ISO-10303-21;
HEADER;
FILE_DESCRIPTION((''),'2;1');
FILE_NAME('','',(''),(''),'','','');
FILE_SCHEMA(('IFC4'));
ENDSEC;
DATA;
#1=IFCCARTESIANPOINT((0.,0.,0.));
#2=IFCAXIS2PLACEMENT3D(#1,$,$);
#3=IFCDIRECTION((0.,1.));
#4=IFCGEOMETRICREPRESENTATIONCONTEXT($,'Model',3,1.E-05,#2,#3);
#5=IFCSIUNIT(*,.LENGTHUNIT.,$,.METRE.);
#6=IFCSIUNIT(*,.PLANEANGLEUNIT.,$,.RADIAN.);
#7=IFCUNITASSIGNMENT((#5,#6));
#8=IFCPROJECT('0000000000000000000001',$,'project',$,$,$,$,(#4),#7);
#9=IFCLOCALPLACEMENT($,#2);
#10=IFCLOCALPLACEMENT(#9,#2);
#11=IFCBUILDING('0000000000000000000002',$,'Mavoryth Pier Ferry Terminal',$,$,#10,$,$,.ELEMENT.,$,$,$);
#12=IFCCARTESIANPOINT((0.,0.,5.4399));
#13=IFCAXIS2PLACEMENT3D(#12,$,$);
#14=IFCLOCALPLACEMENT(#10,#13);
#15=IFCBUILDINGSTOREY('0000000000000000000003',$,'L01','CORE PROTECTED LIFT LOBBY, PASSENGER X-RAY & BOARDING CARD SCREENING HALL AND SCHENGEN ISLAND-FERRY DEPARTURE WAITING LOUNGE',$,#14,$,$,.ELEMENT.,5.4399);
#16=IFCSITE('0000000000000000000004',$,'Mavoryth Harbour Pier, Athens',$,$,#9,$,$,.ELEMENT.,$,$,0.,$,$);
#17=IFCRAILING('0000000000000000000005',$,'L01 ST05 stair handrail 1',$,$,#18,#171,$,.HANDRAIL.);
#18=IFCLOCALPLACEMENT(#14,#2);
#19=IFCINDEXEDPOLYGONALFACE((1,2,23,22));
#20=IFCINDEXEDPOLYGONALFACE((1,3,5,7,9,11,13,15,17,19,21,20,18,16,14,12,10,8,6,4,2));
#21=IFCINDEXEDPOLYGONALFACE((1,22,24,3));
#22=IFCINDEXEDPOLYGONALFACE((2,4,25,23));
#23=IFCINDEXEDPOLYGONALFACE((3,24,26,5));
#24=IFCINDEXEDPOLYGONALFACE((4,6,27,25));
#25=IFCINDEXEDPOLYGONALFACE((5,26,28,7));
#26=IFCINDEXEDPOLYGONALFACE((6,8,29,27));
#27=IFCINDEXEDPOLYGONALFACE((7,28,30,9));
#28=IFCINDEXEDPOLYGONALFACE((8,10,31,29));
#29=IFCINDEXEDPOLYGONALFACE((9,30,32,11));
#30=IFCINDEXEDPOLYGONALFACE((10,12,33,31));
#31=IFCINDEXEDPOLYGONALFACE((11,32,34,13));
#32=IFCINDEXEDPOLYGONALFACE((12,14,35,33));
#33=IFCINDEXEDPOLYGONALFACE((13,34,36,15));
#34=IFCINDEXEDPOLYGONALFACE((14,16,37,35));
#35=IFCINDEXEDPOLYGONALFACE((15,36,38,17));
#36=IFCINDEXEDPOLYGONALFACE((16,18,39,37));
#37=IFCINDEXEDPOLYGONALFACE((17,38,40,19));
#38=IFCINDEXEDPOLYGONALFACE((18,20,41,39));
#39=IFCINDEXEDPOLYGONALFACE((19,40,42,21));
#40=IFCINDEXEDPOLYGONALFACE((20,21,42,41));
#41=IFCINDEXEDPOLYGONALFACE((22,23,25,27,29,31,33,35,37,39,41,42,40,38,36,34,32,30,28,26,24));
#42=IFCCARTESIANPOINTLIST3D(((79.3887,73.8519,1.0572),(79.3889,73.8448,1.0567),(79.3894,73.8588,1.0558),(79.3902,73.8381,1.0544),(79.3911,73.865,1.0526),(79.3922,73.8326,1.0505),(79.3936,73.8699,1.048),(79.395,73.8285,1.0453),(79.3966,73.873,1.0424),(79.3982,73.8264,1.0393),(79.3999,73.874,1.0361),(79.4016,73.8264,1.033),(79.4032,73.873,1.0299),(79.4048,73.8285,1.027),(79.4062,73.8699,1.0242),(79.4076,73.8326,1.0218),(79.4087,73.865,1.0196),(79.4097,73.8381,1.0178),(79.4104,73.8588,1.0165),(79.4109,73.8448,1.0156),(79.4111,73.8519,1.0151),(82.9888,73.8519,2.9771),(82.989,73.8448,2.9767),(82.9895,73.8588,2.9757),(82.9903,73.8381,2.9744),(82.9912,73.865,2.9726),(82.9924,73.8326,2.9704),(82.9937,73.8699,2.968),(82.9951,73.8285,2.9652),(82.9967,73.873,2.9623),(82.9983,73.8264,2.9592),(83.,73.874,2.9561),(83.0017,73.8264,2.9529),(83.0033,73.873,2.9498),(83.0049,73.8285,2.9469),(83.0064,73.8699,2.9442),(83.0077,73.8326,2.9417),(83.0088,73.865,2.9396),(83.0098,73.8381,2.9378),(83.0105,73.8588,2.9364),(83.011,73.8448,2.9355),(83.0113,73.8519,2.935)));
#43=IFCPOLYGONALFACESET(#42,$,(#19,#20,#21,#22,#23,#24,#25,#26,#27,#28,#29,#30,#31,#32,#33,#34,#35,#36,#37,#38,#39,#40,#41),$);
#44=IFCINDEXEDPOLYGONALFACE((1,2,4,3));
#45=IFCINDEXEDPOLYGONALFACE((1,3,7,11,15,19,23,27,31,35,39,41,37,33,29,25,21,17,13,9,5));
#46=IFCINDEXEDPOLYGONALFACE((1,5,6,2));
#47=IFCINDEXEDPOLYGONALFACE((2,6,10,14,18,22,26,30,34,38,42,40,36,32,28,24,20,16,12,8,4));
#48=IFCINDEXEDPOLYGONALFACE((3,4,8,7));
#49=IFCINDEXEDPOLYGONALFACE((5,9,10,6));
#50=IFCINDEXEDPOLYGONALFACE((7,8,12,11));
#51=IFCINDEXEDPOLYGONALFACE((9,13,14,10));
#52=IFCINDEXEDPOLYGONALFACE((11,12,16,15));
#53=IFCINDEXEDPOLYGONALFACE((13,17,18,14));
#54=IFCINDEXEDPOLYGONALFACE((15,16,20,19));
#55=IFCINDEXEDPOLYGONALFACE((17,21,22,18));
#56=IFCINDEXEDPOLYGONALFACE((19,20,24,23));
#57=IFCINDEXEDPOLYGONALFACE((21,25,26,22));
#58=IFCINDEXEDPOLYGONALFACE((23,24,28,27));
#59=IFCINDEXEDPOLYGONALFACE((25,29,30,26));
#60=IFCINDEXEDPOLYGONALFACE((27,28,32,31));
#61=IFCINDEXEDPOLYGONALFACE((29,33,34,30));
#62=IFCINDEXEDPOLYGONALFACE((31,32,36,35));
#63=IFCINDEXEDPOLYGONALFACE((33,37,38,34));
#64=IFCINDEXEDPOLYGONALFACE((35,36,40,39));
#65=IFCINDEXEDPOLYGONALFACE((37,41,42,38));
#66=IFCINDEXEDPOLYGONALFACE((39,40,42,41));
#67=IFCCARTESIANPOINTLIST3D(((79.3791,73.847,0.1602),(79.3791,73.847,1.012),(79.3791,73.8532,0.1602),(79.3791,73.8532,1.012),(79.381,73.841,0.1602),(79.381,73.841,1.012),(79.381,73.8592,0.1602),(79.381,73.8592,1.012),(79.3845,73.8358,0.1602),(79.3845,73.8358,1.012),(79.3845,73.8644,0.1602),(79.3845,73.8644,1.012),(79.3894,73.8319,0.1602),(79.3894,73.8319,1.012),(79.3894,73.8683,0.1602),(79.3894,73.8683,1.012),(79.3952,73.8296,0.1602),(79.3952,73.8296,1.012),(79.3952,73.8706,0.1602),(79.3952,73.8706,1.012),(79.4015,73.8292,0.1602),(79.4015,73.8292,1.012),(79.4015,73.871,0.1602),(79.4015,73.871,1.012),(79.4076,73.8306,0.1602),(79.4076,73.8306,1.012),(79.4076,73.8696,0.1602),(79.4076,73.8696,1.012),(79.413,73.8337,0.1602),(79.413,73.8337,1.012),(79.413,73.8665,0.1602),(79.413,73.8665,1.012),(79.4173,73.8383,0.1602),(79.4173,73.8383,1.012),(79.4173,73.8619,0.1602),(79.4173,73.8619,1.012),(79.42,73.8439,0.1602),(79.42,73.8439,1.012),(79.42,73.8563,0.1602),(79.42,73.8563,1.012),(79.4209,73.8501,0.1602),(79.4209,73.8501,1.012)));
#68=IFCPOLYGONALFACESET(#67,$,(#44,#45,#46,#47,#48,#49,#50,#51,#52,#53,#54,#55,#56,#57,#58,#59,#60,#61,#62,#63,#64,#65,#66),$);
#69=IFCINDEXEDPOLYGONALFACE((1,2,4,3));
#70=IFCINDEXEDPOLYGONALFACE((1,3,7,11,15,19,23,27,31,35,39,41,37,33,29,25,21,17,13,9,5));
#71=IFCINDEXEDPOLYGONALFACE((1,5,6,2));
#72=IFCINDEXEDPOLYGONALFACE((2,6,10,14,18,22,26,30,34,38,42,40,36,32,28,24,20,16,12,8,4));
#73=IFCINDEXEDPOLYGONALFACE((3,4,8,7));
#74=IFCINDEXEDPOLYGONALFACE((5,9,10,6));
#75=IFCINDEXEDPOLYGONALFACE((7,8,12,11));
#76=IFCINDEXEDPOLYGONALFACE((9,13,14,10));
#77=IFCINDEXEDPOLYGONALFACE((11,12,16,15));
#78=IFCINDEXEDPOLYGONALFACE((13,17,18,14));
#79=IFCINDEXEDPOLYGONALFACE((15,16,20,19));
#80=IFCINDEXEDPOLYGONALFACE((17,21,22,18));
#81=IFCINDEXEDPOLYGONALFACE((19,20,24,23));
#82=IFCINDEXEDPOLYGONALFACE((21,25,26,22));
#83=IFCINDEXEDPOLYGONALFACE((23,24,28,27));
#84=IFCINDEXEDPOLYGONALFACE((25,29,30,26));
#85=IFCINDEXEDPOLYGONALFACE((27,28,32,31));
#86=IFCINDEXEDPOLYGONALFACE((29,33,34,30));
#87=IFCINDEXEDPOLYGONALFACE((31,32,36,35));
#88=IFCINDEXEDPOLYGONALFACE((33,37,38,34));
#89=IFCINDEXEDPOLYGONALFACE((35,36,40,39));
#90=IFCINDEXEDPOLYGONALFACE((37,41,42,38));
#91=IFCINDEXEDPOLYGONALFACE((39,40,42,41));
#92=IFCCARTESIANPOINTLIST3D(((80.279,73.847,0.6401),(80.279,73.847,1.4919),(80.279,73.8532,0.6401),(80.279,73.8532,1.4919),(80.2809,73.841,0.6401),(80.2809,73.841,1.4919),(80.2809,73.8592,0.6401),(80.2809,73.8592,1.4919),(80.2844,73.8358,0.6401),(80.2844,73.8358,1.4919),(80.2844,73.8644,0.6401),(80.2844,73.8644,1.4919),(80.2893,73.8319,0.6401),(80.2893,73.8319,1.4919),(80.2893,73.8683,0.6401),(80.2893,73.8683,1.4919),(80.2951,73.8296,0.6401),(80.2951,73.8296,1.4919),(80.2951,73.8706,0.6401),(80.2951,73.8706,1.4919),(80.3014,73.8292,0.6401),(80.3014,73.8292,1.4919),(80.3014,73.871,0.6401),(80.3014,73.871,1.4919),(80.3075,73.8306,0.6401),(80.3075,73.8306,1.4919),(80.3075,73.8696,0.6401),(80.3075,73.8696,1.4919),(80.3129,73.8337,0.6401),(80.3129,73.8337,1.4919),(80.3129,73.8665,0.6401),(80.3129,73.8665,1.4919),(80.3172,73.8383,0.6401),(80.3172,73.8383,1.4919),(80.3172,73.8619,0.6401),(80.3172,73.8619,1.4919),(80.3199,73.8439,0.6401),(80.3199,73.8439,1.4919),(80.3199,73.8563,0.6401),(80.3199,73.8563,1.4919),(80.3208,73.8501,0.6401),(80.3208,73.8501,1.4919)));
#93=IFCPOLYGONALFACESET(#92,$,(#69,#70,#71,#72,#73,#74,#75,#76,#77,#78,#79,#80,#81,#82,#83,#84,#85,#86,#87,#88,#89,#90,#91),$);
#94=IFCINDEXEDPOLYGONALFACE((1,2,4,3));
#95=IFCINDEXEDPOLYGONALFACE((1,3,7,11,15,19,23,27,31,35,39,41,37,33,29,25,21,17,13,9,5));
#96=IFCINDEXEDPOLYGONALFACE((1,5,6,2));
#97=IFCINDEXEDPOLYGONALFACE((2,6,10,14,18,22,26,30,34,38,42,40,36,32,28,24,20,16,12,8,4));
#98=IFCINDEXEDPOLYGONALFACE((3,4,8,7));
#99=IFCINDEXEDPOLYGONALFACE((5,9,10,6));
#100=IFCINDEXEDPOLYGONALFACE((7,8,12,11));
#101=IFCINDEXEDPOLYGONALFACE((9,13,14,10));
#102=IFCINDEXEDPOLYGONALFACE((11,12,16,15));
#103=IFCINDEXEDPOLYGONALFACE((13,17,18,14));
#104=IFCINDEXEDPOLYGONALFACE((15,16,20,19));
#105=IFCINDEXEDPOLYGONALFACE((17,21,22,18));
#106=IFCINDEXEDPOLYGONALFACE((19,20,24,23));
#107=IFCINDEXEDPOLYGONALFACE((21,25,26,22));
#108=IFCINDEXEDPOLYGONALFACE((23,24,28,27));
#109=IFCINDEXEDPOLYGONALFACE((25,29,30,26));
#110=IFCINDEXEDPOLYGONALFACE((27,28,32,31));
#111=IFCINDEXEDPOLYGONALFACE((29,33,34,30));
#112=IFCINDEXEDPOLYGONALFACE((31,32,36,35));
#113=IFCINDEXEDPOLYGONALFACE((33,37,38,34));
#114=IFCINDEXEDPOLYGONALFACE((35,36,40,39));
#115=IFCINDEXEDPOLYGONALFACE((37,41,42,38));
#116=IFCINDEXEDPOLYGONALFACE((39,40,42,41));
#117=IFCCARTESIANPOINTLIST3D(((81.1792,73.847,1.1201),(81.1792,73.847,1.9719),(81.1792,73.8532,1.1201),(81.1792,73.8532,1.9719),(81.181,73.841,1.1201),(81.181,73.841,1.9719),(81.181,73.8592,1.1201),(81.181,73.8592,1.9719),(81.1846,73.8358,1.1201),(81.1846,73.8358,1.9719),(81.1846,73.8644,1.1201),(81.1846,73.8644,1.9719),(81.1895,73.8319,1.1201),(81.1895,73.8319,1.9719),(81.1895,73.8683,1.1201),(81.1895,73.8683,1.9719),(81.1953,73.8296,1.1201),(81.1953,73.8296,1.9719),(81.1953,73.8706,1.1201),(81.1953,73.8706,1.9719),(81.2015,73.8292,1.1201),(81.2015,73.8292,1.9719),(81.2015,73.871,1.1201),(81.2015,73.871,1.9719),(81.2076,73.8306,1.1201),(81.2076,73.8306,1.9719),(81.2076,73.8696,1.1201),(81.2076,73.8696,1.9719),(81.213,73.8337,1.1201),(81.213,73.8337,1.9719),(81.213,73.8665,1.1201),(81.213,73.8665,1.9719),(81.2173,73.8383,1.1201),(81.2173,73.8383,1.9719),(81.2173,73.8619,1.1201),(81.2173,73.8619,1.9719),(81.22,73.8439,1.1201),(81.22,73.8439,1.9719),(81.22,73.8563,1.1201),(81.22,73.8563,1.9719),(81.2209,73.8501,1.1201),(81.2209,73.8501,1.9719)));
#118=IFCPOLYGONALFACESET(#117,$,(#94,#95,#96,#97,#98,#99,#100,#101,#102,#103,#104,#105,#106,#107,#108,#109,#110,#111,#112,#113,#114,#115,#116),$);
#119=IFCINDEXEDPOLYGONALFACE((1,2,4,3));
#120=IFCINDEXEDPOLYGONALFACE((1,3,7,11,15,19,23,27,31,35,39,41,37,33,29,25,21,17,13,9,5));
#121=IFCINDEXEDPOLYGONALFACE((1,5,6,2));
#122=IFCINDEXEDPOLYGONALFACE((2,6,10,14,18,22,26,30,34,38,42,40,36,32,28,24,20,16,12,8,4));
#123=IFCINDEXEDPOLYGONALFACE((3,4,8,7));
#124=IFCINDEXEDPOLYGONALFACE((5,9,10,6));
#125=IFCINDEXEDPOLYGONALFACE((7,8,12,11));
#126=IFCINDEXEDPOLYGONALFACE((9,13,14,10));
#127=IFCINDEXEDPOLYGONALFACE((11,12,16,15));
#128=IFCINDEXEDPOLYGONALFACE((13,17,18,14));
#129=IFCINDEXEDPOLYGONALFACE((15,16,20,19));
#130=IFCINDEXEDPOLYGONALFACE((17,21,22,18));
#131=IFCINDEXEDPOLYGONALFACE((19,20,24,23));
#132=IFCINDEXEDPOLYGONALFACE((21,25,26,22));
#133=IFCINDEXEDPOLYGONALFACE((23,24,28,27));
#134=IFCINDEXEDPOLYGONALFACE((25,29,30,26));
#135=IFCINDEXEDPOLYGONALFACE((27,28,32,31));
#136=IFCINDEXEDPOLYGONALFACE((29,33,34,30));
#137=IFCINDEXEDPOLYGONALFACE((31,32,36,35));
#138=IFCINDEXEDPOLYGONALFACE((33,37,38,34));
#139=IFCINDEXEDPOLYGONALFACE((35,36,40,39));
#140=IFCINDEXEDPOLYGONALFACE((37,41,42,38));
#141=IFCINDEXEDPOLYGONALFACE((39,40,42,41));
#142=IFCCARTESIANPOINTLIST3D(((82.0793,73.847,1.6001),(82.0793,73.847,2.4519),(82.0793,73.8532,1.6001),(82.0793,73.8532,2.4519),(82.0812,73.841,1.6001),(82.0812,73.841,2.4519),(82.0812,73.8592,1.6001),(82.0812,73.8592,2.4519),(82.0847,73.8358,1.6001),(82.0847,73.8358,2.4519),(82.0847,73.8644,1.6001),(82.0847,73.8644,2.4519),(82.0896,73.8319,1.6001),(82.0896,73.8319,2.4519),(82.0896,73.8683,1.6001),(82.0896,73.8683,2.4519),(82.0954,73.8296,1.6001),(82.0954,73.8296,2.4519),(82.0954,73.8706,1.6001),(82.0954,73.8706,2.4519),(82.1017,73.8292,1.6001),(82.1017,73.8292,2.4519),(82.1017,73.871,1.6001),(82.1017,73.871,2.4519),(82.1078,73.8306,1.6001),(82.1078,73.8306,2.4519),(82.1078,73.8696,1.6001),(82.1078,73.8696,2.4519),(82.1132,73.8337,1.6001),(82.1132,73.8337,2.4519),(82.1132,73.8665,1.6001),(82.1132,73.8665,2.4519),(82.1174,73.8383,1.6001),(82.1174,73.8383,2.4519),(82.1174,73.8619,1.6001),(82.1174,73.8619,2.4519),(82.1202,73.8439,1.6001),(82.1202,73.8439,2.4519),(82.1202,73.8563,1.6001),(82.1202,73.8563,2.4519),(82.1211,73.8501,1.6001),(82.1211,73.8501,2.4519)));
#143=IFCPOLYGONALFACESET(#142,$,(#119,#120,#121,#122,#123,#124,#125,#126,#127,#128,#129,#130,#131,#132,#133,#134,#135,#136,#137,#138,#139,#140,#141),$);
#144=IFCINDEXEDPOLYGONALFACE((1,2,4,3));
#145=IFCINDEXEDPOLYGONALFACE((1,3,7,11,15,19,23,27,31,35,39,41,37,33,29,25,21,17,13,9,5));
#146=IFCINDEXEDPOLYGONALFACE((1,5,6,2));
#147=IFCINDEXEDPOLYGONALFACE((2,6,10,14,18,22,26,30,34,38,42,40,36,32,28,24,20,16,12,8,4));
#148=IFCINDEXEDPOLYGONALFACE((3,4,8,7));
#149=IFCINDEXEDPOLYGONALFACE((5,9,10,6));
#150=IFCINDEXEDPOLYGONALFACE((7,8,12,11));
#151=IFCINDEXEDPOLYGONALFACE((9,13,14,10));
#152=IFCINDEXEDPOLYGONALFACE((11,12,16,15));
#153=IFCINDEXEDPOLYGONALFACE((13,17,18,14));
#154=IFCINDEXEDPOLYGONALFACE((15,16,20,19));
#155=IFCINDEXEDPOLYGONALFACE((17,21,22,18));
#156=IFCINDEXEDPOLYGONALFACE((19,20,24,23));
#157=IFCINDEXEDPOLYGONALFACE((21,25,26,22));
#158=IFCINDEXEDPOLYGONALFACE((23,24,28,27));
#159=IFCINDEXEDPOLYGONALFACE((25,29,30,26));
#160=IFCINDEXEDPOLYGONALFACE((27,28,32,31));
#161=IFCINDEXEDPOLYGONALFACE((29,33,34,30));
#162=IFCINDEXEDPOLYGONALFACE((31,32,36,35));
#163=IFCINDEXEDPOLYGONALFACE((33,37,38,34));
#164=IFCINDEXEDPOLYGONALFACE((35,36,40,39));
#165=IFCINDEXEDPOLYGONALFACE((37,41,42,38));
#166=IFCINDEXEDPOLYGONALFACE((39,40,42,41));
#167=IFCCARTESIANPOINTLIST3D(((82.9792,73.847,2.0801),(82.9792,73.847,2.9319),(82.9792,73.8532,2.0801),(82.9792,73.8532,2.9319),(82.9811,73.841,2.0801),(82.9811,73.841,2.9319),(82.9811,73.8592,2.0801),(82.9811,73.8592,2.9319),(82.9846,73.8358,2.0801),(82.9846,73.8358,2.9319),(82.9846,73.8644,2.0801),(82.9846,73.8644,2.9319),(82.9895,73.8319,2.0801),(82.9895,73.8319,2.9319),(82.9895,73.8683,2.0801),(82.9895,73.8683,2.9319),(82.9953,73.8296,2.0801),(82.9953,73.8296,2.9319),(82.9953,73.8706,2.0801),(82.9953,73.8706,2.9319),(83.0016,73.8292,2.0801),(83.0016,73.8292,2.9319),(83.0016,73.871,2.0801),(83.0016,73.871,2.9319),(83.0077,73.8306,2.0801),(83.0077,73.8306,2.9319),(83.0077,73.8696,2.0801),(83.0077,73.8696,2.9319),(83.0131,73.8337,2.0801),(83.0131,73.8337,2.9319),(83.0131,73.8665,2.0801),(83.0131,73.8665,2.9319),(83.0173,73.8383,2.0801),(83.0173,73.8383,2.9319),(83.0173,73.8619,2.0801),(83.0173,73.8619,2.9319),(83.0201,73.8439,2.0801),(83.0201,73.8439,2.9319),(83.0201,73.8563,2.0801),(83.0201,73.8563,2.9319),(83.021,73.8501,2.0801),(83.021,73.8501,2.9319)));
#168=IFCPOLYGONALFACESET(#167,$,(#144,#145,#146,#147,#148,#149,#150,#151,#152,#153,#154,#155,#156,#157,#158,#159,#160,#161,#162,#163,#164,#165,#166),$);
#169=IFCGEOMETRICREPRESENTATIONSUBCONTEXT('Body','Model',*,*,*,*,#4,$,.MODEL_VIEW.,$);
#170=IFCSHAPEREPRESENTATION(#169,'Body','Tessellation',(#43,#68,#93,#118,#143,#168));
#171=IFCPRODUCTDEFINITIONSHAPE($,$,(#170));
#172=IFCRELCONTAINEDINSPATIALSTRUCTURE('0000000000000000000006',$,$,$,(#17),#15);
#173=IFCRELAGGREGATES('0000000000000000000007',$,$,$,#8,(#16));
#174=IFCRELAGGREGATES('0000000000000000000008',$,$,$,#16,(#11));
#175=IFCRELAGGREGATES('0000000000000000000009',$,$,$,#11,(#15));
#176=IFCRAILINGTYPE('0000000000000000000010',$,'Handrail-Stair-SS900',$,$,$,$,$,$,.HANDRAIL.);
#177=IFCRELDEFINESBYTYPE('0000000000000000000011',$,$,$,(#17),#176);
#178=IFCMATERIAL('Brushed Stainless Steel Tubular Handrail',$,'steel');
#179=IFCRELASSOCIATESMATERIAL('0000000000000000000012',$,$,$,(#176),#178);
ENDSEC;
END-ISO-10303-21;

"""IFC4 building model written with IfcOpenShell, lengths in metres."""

from ifc_helpers import new_model, si_unit, direction, frame, origin, origin_2d, place, context, subcontext, project, spatial, circle, extrude, material, type_object, element, save


model = new_model("IFC4")

# Units and contexts
model_context = context("Model", 3, precision=1e-05, world=origin(), true_north=direction((0.0, 1.0)))
body_context = subcontext(model_context, "Body", "Model", "MODEL_VIEW")
ifc_project = project(units=[si_unit("LENGTHUNIT", "METRE"), si_unit("PLANEANGLEUNIT", "RADIAN")], contexts=[model_context])

# Site, building, storey
site_placement = place(None, origin())
site = spatial("IfcSite", under=ifc_project, at=site_placement, Name="Mavoryth Harbour Pier, Athens", CompositionType="ELEMENT", RefElevation=0.0)
building_placement = place(site_placement, origin())
building = spatial("IfcBuilding", under=site, at=building_placement, Name="Mavoryth Pier Ferry Terminal", CompositionType="ELEMENT")
storey_placement = place(building_placement, frame((0.0, 0.0, 5.4399)))
storey = spatial("IfcBuildingStorey", under=building, at=storey_placement, Name="L01", Description="CORE PROTECTED LIFT LOBBY, PASSENGER X-RAY & BOARDING CARD SCREENING HALL AND SCHENGEN ISLAND-FERRY DEPARTURE WAITING LOUNGE", CompositionType="ELEMENT", Elevation=5.4399)

# Railing
ifc_material_1 = material(Name="Brushed Stainless Steel Tubular Handrail", Category="steel")
railing_type_1 = type_object("IfcRailingType", Name="Handrail-Stair-SS900", PredefinedType="HANDRAIL", material=ifc_material_1)
railing_1_placement = place(storey_placement, frame((79.3999, 73.8501, 0.1602)))
element("IfcRailing", 1, at=railing_1_placement, inside=storey, type_object=railing_type_1, Name="L01 ST05 stair handrail 1", PredefinedType="HANDRAIL", context=body_context, shape_type="SweptSolid", body=[
    extrude(circle(Radius=0.0239, at=origin_2d()), frame((0.0, 0.0, 0.876), z_axis=(0.882366, 0.0, 0.470563), x_axis=(0.0, 1.0, 0.0)), (0.0, 0.0, 1.0), 4.0801),
    extrude(circle(Radius=0.021, at=origin_2d()), origin(), (0.0, 0.0, 1.0), 0.8518),
    extrude(circle(Radius=0.021, at=origin_2d()), frame((0.8999, 0.0, 0.48)), (0.0, 0.0, 1.0), 0.8518),
    extrude(circle(Radius=0.021, at=origin_2d()), frame((1.8, 0.0, 0.96)), (0.0, 0.0, 1.0), 0.8518),
    extrude(circle(Radius=0.021, at=origin_2d()), frame((2.7002, 0.0, 1.4399)), (0.0, 0.0, 1.0), 0.8518),
    extrude(circle(Radius=0.021, at=origin_2d()), frame((3.6001, 0.0, 1.9199)), (0.0, 0.0, 1.0), 0.8518),
])

save(model, "model.ifc")
